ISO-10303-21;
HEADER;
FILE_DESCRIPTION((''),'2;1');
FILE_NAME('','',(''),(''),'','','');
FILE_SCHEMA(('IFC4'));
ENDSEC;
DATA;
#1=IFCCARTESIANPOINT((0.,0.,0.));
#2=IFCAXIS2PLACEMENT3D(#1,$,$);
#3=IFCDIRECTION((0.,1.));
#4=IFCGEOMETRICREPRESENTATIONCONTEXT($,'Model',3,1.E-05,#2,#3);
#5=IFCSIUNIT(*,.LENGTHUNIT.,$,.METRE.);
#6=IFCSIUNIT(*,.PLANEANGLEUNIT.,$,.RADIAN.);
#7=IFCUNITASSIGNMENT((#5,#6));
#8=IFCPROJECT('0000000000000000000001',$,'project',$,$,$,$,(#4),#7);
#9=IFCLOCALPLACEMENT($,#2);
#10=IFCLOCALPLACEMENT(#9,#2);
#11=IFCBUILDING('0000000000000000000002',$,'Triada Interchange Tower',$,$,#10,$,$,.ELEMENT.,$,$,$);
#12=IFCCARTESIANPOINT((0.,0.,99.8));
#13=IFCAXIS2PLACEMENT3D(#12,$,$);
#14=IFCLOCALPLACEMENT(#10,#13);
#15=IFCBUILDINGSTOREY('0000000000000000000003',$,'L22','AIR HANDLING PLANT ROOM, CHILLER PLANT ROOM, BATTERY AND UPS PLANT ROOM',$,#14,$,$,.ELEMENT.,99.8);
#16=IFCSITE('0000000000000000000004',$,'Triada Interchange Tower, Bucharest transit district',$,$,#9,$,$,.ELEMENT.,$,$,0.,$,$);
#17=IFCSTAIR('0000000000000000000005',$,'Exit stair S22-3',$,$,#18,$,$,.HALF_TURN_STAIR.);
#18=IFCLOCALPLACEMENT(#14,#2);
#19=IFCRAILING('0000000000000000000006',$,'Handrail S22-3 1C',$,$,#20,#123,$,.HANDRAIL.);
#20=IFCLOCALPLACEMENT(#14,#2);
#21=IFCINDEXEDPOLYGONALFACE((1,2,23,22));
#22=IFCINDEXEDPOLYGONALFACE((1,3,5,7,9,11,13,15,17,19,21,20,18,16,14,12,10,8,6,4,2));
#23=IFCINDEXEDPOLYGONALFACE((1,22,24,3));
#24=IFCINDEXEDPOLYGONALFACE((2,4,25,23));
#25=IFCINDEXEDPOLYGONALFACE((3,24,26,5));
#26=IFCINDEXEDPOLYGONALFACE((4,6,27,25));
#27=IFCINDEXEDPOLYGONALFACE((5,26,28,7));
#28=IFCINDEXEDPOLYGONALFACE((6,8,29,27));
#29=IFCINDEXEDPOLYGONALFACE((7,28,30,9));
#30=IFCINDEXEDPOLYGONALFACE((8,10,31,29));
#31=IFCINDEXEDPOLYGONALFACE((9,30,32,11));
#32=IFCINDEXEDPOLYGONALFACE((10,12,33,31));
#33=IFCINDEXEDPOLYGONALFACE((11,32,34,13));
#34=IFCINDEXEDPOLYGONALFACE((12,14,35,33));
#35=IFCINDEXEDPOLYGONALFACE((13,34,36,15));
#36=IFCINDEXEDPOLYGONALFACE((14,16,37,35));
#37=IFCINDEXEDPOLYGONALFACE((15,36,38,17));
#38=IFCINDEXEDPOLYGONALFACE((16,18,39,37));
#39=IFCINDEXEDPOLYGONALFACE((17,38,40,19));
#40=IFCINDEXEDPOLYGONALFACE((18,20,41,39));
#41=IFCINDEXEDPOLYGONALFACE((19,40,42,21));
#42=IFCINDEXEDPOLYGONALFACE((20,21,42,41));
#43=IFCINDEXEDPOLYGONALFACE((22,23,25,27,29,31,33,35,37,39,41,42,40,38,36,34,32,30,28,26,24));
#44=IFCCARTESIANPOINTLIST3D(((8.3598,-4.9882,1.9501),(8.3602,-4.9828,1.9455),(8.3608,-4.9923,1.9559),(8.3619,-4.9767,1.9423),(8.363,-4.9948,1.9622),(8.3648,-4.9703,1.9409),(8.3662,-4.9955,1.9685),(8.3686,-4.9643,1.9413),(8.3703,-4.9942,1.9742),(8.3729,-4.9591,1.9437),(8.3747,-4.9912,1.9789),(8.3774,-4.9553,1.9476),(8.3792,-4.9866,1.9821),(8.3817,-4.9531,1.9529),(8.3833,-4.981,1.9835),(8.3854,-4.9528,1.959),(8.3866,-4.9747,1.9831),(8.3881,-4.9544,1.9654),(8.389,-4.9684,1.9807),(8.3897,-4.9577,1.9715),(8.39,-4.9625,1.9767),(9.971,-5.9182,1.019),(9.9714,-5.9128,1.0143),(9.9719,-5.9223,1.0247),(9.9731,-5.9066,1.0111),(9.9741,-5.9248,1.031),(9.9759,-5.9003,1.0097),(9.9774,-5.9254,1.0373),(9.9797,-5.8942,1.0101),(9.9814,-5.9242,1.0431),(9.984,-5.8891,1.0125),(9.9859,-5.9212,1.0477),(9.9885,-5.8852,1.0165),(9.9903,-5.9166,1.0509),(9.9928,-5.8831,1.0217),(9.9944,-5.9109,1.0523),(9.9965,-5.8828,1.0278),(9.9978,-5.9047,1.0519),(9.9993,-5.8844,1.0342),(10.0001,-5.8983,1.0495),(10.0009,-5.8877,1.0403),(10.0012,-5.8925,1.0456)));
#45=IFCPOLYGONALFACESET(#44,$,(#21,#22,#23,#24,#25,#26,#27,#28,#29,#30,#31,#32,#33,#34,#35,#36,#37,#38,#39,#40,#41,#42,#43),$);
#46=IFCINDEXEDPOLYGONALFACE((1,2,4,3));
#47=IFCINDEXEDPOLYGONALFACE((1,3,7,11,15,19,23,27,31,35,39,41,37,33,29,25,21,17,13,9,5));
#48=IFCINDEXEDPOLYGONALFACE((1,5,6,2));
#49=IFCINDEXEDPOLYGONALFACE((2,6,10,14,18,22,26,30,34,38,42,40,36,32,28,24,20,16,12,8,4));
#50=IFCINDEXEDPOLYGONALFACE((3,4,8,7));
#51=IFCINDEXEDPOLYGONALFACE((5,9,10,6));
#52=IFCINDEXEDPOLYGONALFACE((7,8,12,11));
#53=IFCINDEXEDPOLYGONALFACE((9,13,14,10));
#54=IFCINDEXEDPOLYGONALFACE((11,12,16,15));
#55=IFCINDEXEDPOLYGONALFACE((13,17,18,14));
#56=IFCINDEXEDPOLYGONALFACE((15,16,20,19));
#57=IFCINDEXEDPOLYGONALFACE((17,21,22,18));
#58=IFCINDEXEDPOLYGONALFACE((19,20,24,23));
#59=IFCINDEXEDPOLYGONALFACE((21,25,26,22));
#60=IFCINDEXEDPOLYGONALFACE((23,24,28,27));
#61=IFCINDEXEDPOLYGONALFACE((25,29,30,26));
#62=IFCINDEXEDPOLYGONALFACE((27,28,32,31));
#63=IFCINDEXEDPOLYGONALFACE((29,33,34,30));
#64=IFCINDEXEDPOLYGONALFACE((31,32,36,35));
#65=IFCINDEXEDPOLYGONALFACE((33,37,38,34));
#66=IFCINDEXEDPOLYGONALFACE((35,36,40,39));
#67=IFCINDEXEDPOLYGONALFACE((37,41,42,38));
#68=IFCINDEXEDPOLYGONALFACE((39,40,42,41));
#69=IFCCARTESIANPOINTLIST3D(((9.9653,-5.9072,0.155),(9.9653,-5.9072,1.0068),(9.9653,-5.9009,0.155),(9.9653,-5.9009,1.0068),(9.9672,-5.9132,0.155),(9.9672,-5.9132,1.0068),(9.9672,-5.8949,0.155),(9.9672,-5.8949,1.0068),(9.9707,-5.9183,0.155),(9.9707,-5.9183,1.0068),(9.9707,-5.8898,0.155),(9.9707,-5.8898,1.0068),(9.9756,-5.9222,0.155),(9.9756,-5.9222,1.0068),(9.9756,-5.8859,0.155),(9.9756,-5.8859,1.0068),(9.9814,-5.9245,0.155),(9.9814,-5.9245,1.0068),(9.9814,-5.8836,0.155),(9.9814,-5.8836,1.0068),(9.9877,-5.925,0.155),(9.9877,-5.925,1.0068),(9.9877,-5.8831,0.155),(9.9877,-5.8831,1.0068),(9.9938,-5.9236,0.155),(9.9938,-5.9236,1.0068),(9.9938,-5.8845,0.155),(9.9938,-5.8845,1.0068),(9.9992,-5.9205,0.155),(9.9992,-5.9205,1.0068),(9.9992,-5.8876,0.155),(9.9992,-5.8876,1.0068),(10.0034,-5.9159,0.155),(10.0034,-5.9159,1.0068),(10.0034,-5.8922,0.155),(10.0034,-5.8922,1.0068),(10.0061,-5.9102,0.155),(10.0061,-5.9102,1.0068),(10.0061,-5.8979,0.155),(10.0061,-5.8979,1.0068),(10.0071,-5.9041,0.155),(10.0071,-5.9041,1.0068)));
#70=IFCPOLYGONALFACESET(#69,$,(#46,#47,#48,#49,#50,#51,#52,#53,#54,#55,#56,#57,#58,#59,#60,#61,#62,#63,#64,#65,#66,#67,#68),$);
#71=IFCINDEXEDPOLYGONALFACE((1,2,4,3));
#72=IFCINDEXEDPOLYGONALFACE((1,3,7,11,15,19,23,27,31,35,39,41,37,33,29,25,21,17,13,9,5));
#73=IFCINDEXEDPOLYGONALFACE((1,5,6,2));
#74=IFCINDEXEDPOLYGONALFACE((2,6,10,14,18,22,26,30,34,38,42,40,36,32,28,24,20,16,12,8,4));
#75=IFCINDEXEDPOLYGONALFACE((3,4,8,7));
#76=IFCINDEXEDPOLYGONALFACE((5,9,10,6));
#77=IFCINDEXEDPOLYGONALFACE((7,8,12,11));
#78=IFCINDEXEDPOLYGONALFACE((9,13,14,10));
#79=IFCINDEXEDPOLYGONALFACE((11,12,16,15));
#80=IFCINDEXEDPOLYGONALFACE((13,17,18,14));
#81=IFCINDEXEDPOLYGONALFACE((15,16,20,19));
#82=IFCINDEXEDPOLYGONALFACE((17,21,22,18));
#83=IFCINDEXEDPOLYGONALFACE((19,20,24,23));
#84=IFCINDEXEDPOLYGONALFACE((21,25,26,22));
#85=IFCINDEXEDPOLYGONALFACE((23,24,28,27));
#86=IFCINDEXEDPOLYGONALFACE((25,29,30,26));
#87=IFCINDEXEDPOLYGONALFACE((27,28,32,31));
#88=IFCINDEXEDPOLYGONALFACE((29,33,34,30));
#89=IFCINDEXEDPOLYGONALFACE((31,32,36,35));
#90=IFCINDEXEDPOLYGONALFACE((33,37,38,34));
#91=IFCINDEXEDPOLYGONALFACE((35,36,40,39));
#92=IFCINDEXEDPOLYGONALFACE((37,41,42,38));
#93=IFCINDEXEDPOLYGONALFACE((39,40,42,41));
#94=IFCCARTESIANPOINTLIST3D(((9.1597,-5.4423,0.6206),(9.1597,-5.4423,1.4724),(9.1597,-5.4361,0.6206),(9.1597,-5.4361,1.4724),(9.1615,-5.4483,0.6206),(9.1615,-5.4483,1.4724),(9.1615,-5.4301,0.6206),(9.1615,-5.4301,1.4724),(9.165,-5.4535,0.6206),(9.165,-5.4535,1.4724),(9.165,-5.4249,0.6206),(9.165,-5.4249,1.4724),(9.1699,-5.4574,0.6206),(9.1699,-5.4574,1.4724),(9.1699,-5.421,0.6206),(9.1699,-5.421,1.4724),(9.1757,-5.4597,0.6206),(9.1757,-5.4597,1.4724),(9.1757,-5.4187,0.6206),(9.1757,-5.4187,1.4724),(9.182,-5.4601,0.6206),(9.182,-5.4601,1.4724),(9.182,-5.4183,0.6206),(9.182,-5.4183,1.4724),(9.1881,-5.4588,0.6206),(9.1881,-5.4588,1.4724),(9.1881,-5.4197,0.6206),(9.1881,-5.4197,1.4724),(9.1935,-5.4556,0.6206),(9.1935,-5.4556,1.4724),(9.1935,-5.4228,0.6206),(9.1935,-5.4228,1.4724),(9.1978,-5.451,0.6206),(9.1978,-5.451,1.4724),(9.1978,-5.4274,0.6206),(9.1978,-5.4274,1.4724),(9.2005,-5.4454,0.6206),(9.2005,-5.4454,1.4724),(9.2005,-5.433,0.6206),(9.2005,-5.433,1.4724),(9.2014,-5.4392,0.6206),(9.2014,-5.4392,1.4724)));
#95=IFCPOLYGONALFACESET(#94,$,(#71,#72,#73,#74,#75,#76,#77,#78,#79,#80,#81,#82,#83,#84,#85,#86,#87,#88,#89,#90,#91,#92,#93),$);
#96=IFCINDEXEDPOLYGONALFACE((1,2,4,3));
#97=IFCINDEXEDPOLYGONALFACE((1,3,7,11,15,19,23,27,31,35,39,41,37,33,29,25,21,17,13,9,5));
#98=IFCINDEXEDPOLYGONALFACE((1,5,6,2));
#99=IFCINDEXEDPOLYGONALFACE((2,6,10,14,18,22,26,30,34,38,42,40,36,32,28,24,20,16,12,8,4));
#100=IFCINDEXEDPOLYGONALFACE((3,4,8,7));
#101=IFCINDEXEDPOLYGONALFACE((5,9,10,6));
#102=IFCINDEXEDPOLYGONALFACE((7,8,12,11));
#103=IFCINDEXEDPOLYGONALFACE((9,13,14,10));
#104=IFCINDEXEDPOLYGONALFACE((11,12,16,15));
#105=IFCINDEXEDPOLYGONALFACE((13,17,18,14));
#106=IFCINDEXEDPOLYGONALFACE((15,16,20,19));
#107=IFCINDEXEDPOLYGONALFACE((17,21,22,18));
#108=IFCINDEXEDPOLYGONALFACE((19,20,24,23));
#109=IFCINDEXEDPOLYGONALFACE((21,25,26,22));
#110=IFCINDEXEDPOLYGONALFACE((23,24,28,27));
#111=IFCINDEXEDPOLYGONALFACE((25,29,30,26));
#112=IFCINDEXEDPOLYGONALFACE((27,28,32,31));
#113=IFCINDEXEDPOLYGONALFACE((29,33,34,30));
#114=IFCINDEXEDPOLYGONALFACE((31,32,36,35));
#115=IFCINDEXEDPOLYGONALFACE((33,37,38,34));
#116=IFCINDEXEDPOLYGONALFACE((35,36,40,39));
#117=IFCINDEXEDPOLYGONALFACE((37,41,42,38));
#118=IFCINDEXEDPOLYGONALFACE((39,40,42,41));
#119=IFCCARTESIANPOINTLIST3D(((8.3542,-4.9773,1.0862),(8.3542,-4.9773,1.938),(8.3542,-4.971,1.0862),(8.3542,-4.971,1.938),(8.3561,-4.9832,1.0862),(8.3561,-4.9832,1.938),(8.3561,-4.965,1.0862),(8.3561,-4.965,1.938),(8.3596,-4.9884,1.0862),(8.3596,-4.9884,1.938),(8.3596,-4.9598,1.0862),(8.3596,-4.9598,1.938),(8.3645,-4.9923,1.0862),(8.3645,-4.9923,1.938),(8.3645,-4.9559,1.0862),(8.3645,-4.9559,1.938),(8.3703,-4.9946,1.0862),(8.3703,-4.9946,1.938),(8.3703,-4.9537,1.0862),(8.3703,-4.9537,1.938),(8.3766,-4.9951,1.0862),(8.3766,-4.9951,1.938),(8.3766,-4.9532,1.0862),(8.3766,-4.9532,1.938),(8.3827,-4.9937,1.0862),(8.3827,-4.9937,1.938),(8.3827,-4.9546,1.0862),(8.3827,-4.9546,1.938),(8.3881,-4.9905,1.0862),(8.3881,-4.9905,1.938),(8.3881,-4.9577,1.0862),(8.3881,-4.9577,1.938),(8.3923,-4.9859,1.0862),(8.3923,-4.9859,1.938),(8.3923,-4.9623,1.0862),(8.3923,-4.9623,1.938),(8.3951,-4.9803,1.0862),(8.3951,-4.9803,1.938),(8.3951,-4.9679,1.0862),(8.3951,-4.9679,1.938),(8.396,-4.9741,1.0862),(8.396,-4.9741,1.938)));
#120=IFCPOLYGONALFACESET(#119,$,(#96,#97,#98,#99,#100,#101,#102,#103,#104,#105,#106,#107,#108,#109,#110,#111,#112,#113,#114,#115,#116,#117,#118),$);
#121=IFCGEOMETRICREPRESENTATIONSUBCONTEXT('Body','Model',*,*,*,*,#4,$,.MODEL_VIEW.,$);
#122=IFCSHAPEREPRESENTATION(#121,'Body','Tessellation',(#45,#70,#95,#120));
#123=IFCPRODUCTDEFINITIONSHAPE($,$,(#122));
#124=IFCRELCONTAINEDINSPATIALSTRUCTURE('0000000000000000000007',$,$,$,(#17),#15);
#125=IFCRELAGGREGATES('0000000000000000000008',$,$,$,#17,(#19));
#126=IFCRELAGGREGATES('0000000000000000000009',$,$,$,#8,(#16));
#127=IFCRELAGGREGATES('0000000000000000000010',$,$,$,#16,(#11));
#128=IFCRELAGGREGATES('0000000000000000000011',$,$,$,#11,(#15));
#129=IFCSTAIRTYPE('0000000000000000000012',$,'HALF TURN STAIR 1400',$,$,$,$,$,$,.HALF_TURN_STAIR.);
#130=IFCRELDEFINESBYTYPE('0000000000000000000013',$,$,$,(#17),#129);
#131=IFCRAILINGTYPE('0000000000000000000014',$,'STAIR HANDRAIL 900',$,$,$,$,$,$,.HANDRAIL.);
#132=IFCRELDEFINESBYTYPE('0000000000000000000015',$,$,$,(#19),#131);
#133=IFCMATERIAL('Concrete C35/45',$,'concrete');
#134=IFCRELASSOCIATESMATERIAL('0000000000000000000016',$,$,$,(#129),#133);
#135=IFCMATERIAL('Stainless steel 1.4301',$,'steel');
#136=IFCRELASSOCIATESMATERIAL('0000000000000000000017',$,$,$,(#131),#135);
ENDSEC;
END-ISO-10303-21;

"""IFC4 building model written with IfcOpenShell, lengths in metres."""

from ifc_helpers import new_model, si_unit, direction, frame, origin, origin_2d, place, context, subcontext, project, spatial, circle, extrude, material, type_object, element, aggregate, save


model = new_model("IFC4")

# Units and contexts
model_context = context("Model", 3, precision=1e-05, world=origin(), true_north=direction((0.0, 1.0)))
body_context = subcontext(model_context, "Body", "Model", "MODEL_VIEW")
ifc_project = project(units=[si_unit("LENGTHUNIT", "METRE"), si_unit("PLANEANGLEUNIT", "RADIAN")], contexts=[model_context])

# Site, building, storey
site_placement = place(None, origin())
site = spatial("IfcSite", under=ifc_project, at=site_placement, Name="Triada Interchange Tower, Bucharest transit district", CompositionType="ELEMENT", RefElevation=0.0)
building_placement = place(site_placement, origin())
building = spatial("IfcBuilding", under=site, at=building_placement, Name="Triada Interchange Tower", CompositionType="ELEMENT")
storey_placement = place(building_placement, frame((0.0, 0.0, 99.8)))
storey = spatial("IfcBuildingStorey", under=building, at=storey_placement, Name="L22", Description="AIR HANDLING PLANT ROOM, CHILLER PLANT ROOM, BATTERY AND UPS PLANT ROOM", CompositionType="ELEMENT", Elevation=99.8)

# Stair, railing
ifc_material_1 = material(Name="Concrete C35/45", Category="concrete")
stair_type = type_object("IfcStairType", Name="HALF TURN STAIR 1400", PredefinedType="HALF_TURN_STAIR", material=ifc_material_1)
stair_placement = place(storey_placement, origin())
stair = element("IfcStair", 1, at=stair_placement, inside=storey, type_object=stair_type, Name="Exit stair S22-3", PredefinedType="HALF_TURN_STAIR")
ifc_material_2 = material(Name="Stainless steel 1.4301", Category="steel")
railing_type = type_object("IfcRailingType", Name="STAIR HANDRAIL 900", PredefinedType="HANDRAIL", material=ifc_material_2)
railing_1_placement = place(storey_placement, frame((9.9861, -5.9041, 0.155)))
railing_1 = element("IfcRailing", 2, at=railing_1_placement, type_object=railing_type, Name="Handrail S22-3 1C", PredefinedType="HANDRAIL", context=body_context, shape_type="SweptSolid", body=[
    extrude(circle(Radius=0.0239, at=origin_2d()), frame((0.0, 0.0, 0.876), z_axis=(-0.774469, 0.44703, 0.447617), x_axis=(-0.499908, -0.866079, 0.0)), (0.0, 0.0, 1.0), 2.0803),
    extrude(circle(Radius=0.021, at=origin_2d()), origin(), (0.0, 0.0, 1.0), 0.8518),
    extrude(circle(Radius=0.021, at=origin_2d()), frame((-0.8057, 0.4648, 0.4656)), (0.0, 0.0, 1.0), 0.8518),
    extrude(circle(Radius=0.021, at=origin_2d()), frame((-1.6111, 0.9299, 0.9312)), (0.0, 0.0, 1.0), 0.8518),
])
aggregate(stair, [railing_1])

save(model, "model.ifc")
